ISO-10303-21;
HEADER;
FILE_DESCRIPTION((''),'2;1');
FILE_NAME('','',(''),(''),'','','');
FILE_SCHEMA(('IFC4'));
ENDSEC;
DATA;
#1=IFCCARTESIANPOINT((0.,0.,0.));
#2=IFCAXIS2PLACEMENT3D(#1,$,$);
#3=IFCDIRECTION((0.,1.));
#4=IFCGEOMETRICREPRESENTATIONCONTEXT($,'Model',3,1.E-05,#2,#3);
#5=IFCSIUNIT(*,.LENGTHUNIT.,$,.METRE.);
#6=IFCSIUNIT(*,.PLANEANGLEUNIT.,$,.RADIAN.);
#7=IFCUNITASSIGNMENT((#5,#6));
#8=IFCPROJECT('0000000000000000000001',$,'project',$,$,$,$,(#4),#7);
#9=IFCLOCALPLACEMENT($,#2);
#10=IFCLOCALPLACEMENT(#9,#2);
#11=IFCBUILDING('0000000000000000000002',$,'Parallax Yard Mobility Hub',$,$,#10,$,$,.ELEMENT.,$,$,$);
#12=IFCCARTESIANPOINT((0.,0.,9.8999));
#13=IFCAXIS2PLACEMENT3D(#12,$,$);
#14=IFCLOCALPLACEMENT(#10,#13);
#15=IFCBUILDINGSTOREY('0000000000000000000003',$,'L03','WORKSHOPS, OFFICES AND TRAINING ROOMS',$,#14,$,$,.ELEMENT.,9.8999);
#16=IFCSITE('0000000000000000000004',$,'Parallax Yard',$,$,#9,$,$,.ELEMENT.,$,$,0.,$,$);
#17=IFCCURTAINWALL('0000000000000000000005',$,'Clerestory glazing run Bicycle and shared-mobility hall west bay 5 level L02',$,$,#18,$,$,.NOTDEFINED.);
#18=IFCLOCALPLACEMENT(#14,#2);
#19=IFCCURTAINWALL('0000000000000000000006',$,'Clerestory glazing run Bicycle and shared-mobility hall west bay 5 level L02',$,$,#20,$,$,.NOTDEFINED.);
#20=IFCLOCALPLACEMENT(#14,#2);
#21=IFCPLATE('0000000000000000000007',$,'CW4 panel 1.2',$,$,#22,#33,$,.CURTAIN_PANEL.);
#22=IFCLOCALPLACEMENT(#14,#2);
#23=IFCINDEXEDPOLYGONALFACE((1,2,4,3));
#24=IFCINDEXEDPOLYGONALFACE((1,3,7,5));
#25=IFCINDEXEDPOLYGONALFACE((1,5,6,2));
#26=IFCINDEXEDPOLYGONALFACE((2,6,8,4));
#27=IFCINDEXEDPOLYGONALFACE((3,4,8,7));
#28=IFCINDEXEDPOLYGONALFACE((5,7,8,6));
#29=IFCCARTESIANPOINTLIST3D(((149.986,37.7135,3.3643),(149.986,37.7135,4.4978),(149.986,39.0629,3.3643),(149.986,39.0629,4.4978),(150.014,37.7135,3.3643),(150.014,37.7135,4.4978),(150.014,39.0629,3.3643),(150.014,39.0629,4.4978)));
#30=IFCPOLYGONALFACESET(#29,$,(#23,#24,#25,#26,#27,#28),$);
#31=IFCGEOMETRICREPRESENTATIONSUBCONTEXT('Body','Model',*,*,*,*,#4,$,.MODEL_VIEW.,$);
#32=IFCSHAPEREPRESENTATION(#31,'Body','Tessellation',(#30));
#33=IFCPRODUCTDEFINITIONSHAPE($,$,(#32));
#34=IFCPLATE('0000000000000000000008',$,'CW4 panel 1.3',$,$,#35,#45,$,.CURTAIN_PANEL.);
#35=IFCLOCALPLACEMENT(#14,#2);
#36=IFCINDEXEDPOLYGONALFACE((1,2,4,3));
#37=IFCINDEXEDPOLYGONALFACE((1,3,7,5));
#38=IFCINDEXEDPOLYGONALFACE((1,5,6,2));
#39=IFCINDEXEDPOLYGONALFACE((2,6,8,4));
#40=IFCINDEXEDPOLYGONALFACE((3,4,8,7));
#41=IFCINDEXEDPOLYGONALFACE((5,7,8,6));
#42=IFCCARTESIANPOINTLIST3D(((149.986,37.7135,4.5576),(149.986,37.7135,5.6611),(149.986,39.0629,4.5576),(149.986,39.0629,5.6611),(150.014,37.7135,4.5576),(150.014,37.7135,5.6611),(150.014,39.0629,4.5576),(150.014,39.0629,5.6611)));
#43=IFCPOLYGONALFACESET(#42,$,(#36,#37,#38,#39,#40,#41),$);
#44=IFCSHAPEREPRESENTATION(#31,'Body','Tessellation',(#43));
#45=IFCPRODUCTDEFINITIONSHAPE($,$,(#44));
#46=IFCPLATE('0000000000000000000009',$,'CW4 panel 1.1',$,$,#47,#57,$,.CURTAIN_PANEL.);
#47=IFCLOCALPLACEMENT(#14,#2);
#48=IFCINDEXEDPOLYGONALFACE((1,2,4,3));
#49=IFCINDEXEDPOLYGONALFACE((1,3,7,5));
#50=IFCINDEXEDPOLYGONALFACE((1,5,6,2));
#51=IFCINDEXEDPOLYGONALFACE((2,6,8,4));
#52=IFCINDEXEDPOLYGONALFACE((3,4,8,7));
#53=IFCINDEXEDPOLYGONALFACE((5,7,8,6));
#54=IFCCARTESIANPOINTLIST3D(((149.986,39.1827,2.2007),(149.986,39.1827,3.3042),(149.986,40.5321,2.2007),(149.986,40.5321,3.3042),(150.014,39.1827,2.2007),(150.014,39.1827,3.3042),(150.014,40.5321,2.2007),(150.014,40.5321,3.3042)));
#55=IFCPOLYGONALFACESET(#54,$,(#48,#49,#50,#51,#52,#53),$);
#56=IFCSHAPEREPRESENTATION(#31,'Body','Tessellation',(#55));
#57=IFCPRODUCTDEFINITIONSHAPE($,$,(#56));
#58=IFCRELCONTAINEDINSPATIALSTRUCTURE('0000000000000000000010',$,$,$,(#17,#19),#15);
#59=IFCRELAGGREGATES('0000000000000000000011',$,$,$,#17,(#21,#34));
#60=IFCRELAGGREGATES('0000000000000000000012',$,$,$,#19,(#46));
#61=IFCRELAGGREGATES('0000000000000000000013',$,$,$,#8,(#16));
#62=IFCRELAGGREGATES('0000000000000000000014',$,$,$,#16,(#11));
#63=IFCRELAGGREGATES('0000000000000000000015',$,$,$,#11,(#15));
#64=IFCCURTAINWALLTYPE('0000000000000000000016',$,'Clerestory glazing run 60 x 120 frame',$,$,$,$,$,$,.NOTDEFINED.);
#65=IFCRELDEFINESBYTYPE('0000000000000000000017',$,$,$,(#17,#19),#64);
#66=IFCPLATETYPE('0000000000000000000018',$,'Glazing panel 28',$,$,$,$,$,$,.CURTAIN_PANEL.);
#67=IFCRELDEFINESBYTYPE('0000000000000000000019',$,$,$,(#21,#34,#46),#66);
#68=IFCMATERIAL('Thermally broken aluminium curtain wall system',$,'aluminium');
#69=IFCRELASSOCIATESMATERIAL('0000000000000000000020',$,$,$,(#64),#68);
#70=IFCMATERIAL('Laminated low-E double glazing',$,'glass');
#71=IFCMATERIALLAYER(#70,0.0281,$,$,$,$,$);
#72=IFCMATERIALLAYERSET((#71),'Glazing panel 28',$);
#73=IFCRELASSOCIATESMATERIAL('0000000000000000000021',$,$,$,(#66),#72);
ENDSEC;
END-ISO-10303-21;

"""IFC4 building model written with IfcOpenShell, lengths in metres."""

from ifc_helpers import new_model, si_unit, direction, frame, origin, origin_2d, place, context, subcontext, project, spatial, rectangle, extrude, material, layer, layer_set, type_object, element, aggregate, save


model = new_model("IFC4")

# Units and contexts
model_context = context("Model", 3, precision=1e-05, world=origin(), true_north=direction((0.0, 1.0)))
body_context = subcontext(model_context, "Body", "Model", "MODEL_VIEW")
ifc_project = project(units=[si_unit("LENGTHUNIT", "METRE"), si_unit("PLANEANGLEUNIT", "RADIAN")], contexts=[model_context])

# Site, building, storey
site_placement = place(None, origin())
site = spatial("IfcSite", under=ifc_project, at=site_placement, Name="Parallax Yard", CompositionType="ELEMENT", RefElevation=0.0)
building_placement = place(site_placement, origin())
building = spatial("IfcBuilding", under=site, at=building_placement, Name="Parallax Yard Mobility Hub", CompositionType="ELEMENT")
storey_placement = place(building_placement, frame((0.0, 0.0, 9.8999)))
storey = spatial("IfcBuildingStorey", under=building, at=storey_placement, Name="L03", Description="WORKSHOPS, OFFICES AND TRAINING ROOMS", CompositionType="ELEMENT", Elevation=9.8999)

# Shared definitions
ifc_material_1 = material(Name="Thermally broken aluminium curtain wall system", Category="aluminium")
curtain_wall_type = type_object("IfcCurtainWallType", Name="Clerestory glazing run 60 x 120 frame", PredefinedType="NOTDEFINED", material=ifc_material_1)

# Curtain wall
curtain_wall_1_placement = place(storey_placement, origin())
curtain_wall_1 = element("IfcCurtainWall", 1, at=curtain_wall_1_placement, inside=storey, type_object=curtain_wall_type, Name="Clerestory glazing run Bicycle and shared-mobility hall west bay 5 level L02", PredefinedType="NOTDEFINED")

# Curtain wall
curtain_wall_2_placement = place(storey_placement, origin())
curtain_wall_2 = element("IfcCurtainWall", 2, at=curtain_wall_2_placement, inside=storey, type_object=curtain_wall_type, Name="Clerestory glazing run Bicycle and shared-mobility hall west bay 5 level L02", PredefinedType="NOTDEFINED")

# Plates
ifc_material_2 = material(Name="Laminated low-E double glazing", Category="glass")
ifc_layer = layer(ifc_material_2, 0.0281)
ifc_layer_set = layer_set([ifc_layer], Name="Glazing panel 28")
plate_type = type_object("IfcPlateType", Name="Glazing panel 28", PredefinedType="CURTAIN_PANEL", material=ifc_layer_set)
plate_1_placement = place(storey_placement, frame((150.0, 38.3882, 3.3643), z_axis=(0.0, 0.0, 1.0), x_axis=(0.0, 1.0, 0.0)))
plate_1 = element("IfcPlate", 3, at=plate_1_placement, type_object=plate_type, Name="CW4 panel 1.2", PredefinedType="CURTAIN_PANEL", context=body_context, shape_type="SweptSolid", body=[
    extrude(rectangle(XDim=1.3494, YDim=0.0281, at=origin_2d()), origin(), (0.0, 0.0, 1.0), 1.1335),
])
plate_2_placement = place(storey_placement, frame((150.0, 38.3882, 4.5576), z_axis=(0.0, 0.0, 1.0), x_axis=(0.0, 1.0, 0.0)))
plate_2 = element("IfcPlate", 4, at=plate_2_placement, type_object=plate_type, Name="CW4 panel 1.3", PredefinedType="CURTAIN_PANEL", context=body_context, shape_type="SweptSolid", body=[
    extrude(rectangle(XDim=1.3494, YDim=0.0281, at=origin_2d()), origin(), (0.0, 0.0, 1.0), 1.1035),
])
aggregate(curtain_wall_1, [plate_1, plate_2])
plate_3_placement = place(storey_placement, frame((150.0, 39.8574, 2.2007), z_axis=(0.0, 0.0, 1.0), x_axis=(0.0, 1.0, 0.0)))
plate_3 = element("IfcPlate", 5, at=plate_3_placement, type_object=plate_type, Name="CW4 panel 1.1", PredefinedType="CURTAIN_PANEL", context=body_context, shape_type="SweptSolid", body=[
    extrude(rectangle(XDim=1.3494, YDim=0.0281, at=origin_2d()), origin(), (0.0, 0.0, 1.0), 1.1035),
])
aggregate(curtain_wall_2, [plate_3])

save(model, "model.ifc")
